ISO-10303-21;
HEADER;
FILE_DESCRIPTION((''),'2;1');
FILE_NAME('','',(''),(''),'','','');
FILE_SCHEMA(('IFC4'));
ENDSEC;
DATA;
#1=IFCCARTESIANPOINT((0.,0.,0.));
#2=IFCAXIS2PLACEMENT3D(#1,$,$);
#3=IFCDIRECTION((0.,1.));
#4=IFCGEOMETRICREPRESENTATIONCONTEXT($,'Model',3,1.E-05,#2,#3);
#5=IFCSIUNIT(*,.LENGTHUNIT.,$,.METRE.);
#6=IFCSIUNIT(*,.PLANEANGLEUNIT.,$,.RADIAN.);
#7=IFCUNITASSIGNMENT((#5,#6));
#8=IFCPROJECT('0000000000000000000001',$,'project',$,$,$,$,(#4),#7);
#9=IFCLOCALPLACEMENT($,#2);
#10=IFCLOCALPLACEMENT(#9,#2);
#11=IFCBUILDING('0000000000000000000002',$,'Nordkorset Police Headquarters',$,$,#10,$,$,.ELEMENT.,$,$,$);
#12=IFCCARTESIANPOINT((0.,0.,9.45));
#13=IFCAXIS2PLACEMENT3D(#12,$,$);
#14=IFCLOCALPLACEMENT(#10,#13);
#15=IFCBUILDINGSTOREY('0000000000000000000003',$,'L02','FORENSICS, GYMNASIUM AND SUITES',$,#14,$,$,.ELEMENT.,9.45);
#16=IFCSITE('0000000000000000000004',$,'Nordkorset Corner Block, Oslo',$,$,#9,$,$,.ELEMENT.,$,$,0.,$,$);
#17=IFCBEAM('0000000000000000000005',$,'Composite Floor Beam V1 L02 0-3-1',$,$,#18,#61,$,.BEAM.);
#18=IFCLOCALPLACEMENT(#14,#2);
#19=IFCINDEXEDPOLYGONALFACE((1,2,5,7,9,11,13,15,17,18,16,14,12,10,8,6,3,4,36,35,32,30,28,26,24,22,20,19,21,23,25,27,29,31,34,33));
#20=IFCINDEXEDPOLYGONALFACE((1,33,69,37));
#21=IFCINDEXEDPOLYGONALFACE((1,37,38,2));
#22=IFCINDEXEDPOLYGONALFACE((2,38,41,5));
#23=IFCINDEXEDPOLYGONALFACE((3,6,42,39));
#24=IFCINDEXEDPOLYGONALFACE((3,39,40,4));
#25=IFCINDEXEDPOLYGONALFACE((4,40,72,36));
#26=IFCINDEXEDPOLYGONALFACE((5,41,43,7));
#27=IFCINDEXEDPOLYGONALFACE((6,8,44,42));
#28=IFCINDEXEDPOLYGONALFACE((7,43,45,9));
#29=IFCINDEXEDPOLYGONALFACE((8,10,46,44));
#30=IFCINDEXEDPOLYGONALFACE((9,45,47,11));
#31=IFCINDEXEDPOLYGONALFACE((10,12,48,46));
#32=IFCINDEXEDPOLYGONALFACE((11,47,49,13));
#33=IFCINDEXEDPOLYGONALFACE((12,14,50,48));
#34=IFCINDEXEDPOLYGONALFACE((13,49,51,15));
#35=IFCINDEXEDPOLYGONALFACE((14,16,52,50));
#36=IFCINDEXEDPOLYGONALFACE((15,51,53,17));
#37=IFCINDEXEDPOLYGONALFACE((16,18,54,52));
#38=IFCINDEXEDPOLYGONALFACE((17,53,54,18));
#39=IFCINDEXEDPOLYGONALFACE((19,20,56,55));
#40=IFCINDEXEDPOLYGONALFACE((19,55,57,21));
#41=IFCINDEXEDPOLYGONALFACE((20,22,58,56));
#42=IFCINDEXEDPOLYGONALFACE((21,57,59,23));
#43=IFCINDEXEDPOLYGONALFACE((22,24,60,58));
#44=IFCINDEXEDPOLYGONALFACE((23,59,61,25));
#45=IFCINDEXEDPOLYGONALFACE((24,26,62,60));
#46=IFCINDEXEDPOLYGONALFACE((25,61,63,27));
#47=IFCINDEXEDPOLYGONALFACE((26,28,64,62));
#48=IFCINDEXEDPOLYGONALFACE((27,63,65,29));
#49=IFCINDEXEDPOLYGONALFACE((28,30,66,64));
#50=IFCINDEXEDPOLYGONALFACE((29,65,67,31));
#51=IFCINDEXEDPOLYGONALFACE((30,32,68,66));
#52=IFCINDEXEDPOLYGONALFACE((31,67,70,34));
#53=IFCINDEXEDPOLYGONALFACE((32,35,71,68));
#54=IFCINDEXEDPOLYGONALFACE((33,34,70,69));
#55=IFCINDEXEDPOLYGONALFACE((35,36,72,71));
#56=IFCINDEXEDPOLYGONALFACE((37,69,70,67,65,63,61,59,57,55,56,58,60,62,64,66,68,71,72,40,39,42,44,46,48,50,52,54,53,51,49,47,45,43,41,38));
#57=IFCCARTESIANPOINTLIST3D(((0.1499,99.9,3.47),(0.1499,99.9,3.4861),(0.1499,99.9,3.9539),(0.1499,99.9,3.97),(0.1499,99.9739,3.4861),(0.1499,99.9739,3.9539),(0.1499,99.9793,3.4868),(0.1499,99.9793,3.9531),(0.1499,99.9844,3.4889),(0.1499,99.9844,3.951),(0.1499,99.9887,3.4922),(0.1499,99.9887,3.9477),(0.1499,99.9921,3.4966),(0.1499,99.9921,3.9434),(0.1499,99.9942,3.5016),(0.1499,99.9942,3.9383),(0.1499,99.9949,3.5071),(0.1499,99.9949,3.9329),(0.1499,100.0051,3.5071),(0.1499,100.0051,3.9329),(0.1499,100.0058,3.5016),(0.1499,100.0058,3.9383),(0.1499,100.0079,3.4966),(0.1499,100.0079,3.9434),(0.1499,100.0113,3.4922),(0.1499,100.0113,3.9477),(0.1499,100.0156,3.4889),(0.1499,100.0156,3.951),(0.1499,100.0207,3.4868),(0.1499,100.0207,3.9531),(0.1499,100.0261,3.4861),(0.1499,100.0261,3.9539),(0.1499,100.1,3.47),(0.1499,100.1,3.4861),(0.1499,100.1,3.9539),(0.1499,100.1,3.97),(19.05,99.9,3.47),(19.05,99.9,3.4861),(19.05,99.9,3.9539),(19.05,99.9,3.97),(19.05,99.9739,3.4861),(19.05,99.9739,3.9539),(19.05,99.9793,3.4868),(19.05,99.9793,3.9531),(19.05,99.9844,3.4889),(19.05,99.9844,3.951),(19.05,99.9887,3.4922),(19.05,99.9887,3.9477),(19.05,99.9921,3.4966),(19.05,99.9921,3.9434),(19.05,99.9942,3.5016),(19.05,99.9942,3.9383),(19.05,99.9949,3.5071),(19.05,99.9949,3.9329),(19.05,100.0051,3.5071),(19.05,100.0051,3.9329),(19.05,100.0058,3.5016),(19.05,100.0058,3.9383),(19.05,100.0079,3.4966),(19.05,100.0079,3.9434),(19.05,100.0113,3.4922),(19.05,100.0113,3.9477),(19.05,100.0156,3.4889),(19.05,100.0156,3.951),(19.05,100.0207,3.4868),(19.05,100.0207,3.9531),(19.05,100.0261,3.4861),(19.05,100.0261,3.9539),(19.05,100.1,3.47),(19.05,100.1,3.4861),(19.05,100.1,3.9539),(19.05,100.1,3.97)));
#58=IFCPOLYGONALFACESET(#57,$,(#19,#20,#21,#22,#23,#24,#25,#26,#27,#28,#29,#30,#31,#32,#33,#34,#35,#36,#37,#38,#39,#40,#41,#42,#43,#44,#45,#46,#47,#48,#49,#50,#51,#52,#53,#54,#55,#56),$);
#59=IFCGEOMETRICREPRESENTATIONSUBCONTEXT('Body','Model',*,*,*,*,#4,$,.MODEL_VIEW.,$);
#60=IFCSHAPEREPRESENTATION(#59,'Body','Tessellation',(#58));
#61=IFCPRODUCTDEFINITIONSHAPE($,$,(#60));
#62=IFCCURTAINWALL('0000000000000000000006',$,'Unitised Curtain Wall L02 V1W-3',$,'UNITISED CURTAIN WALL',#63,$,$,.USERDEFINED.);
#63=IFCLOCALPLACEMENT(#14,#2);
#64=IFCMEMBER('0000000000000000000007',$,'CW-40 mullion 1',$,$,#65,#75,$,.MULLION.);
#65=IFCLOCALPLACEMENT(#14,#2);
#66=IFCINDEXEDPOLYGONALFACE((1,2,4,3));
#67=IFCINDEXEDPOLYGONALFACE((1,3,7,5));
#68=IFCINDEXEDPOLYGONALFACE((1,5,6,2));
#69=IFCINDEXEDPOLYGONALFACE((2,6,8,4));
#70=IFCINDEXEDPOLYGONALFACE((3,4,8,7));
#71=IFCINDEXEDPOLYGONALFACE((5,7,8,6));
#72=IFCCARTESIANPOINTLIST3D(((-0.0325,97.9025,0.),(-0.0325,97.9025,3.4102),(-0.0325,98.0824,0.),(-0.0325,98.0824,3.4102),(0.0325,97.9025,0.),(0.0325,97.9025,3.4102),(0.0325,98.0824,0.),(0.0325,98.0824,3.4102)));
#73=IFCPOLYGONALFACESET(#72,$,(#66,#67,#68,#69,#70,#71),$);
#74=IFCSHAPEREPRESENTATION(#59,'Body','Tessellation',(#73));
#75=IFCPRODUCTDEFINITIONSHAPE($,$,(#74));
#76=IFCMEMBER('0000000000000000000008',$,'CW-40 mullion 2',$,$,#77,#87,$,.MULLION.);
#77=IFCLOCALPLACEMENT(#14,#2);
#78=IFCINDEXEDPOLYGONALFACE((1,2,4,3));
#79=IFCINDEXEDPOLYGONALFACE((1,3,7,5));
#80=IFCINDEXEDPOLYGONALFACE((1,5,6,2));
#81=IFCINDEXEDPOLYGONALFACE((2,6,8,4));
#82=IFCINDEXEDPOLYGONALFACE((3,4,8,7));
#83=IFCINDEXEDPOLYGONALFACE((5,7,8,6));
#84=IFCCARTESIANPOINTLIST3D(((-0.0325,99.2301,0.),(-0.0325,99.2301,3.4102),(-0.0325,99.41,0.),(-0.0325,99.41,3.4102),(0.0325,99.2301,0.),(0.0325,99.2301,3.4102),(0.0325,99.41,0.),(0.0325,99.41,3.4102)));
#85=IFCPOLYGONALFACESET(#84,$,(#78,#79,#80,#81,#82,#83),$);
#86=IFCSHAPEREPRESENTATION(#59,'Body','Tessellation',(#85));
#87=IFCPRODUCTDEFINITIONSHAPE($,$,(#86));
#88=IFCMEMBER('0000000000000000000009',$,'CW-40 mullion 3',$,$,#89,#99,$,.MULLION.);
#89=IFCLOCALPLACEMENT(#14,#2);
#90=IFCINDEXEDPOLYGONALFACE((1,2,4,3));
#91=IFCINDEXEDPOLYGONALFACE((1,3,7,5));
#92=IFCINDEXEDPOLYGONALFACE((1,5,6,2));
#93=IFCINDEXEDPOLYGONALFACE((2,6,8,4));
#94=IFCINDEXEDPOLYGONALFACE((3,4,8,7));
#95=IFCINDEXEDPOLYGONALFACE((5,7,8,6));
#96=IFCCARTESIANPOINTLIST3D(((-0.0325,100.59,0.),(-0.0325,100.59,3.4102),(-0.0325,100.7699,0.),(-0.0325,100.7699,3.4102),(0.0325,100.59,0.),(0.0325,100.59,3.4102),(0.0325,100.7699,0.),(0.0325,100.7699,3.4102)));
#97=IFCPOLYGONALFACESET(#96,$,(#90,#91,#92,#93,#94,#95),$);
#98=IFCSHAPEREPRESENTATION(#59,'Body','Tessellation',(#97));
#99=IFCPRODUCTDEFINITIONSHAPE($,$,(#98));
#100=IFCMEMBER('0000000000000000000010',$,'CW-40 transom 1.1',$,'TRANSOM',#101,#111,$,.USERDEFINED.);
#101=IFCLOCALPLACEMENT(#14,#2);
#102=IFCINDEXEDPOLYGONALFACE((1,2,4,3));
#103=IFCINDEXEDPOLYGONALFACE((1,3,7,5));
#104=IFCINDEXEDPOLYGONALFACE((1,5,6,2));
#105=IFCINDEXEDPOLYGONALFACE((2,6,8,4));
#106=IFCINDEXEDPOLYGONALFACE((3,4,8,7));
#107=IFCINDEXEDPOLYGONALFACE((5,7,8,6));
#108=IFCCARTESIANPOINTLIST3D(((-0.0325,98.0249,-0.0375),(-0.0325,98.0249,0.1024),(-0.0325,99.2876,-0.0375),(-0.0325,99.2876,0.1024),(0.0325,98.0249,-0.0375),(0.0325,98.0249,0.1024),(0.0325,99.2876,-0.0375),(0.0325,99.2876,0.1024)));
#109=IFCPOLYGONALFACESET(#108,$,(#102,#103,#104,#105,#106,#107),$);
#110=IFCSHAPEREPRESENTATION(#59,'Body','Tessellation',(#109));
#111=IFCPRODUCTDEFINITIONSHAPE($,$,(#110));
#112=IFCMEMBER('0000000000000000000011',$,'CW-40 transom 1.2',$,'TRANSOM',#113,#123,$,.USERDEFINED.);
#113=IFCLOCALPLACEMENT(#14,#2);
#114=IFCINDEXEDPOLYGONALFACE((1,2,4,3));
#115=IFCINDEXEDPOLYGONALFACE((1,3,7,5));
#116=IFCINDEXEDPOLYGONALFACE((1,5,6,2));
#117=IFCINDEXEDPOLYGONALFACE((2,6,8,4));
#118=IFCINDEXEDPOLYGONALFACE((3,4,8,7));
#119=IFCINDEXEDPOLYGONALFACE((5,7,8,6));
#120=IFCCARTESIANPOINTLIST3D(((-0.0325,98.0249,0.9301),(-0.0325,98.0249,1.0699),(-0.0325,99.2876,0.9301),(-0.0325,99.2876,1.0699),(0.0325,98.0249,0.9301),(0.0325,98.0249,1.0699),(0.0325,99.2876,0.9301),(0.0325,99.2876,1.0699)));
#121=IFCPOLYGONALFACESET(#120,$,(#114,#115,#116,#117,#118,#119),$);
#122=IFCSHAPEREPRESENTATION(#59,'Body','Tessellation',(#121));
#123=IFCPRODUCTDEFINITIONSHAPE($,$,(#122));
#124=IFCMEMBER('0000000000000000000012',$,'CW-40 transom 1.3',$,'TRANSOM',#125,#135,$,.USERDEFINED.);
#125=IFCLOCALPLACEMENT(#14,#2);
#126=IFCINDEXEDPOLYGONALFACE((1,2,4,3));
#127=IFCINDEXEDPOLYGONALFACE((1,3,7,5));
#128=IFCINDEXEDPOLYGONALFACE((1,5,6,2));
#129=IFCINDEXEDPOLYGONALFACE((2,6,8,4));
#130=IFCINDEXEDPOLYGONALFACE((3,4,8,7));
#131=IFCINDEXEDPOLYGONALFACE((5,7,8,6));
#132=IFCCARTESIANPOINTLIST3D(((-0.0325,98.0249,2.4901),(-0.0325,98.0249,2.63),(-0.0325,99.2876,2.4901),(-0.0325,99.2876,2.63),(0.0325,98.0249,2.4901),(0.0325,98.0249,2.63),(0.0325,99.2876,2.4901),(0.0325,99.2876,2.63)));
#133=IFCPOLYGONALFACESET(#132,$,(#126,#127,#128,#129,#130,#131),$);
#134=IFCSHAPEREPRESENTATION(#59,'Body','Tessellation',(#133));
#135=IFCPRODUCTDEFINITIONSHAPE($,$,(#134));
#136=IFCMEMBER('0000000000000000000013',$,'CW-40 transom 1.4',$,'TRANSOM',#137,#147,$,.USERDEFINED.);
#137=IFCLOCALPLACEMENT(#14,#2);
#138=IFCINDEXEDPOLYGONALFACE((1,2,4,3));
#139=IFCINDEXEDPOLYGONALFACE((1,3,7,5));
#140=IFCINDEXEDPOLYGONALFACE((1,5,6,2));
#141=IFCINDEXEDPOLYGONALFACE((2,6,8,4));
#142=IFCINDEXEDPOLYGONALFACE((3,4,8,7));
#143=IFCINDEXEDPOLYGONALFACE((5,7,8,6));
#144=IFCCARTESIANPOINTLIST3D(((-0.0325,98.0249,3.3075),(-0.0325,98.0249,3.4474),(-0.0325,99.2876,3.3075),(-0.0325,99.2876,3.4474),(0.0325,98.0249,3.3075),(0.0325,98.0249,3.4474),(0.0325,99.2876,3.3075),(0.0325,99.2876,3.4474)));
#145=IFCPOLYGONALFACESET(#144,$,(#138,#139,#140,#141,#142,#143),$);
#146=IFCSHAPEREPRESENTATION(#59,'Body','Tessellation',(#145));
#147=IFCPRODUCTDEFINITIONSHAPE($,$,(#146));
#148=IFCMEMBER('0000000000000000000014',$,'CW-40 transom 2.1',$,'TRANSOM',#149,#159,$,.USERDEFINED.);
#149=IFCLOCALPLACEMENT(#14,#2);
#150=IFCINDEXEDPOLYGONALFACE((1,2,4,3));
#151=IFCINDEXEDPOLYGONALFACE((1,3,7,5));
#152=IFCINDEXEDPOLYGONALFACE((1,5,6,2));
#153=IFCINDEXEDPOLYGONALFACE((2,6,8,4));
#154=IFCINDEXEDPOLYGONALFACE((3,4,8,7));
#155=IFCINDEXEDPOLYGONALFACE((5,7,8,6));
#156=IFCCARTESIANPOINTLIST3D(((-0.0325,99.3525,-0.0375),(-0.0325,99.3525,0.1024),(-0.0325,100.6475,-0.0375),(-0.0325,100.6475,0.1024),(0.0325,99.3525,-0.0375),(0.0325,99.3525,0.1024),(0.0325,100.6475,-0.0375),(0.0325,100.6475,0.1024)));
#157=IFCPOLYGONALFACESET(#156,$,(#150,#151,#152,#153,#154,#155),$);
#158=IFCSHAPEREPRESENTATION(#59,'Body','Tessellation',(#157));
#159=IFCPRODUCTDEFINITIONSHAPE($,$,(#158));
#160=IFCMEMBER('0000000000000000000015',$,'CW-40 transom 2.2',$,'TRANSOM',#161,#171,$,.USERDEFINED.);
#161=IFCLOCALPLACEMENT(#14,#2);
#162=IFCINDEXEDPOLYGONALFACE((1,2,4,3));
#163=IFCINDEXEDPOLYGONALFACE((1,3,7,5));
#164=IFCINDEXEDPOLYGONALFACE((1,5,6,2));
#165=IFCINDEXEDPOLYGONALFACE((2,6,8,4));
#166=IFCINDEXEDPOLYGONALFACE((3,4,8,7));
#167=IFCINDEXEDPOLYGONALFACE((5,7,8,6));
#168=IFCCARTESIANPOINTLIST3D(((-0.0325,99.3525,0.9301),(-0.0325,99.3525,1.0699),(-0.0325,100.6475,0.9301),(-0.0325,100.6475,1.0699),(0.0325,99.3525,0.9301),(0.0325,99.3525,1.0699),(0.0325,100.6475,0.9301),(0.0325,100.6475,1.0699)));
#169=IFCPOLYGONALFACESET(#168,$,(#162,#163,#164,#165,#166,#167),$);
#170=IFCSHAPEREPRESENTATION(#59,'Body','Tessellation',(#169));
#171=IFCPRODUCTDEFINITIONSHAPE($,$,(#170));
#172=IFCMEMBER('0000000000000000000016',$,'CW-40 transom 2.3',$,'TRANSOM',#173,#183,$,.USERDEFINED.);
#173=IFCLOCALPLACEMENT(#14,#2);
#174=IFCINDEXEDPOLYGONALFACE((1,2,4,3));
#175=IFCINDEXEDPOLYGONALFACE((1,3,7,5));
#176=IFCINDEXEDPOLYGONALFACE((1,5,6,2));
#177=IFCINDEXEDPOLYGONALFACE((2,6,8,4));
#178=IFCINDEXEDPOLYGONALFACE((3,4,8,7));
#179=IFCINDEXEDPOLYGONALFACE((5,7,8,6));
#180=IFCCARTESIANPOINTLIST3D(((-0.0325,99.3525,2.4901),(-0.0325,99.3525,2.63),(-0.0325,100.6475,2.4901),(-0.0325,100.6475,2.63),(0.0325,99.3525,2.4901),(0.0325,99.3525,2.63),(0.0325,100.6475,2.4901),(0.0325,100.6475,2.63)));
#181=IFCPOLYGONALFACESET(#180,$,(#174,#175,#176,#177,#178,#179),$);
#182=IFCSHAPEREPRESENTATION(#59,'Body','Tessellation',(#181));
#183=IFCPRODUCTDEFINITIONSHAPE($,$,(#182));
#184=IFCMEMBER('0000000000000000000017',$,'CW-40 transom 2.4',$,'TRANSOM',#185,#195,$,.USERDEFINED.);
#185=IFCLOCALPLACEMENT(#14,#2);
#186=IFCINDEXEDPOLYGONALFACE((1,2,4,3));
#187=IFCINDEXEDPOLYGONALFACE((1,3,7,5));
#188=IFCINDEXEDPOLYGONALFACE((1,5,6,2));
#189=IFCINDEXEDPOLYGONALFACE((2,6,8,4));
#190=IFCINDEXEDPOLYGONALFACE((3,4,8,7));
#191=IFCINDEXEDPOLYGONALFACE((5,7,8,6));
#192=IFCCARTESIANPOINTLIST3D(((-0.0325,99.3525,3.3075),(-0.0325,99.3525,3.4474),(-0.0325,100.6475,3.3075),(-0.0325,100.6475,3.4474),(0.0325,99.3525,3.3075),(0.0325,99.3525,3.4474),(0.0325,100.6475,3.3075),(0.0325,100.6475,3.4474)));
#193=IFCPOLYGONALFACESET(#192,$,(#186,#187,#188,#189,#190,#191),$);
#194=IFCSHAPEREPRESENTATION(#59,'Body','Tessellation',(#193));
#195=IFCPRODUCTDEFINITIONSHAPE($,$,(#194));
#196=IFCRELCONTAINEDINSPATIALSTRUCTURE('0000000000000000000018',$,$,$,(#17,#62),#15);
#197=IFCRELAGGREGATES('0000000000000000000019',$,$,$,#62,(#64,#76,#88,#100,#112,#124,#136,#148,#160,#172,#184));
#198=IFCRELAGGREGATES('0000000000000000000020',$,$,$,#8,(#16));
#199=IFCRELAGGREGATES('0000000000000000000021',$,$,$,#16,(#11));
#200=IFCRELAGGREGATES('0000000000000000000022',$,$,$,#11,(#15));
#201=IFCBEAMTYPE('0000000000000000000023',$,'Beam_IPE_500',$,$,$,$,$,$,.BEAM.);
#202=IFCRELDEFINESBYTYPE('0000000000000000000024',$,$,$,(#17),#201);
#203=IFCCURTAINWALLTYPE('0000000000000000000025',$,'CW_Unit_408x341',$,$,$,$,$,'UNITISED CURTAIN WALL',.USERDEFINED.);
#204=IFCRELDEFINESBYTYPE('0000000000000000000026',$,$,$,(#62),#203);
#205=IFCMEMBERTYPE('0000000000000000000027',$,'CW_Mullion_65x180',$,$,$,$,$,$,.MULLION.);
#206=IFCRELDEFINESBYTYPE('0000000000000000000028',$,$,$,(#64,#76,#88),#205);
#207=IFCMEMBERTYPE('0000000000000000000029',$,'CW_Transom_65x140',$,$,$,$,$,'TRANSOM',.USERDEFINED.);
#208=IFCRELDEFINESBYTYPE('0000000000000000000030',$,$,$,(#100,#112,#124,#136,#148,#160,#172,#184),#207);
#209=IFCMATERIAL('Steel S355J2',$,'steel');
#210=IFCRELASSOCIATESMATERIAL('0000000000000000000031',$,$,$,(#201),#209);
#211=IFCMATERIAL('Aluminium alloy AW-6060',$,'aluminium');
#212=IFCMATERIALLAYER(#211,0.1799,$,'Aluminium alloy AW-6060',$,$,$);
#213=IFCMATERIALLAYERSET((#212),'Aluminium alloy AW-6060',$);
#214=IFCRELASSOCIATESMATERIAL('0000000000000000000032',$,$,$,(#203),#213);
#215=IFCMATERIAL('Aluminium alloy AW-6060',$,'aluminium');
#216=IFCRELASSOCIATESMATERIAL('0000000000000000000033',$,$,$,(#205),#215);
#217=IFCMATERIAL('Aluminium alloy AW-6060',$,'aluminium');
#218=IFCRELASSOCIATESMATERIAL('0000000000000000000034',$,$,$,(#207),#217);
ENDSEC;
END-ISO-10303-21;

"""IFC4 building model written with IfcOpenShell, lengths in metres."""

from ifc_helpers import new_model, si_unit, direction, frame, origin, origin_2d, place, context, subcontext, project, spatial, rectangle, i_section, extrude, material, layer, layer_set, material_profile, profile_set, type_object, element, aggregate, save


model = new_model("IFC4")

# Units and contexts
model_context = context("Model", 3, precision=1e-05, world=origin(), true_north=direction((0.0, 1.0)))
body_context = subcontext(model_context, "Body", "Model", "MODEL_VIEW")
ifc_project = project(units=[si_unit("LENGTHUNIT", "METRE"), si_unit("PLANEANGLEUNIT", "RADIAN")], contexts=[model_context])

# Site, building, storey
site_placement = place(None, origin())
site = spatial("IfcSite", under=ifc_project, at=site_placement, Name="Nordkorset Corner Block, Oslo", CompositionType="ELEMENT", RefElevation=0.0)
building_placement = place(site_placement, origin())
building = spatial("IfcBuilding", under=site, at=building_placement, Name="Nordkorset Police Headquarters", CompositionType="ELEMENT")
storey_placement = place(building_placement, frame((0.0, 0.0, 9.45)))
storey = spatial("IfcBuildingStorey", under=building, at=storey_placement, Name="L02", Description="FORENSICS, GYMNASIUM AND SUITES", CompositionType="ELEMENT", Elevation=9.45)

# Beam
ifc_material_1 = material(Name="Steel S355J2", Category="steel")
ifc_material_profile_1 = material_profile(ifc_material_1, i_section(OverallWidth=0.2, OverallDepth=0.5, WebThickness=0.0103, FlangeThickness=0.0161, FilletRadius=0.021, at=origin_2d()), Name="IPE 500")
ifc_profile_set_1 = profile_set([ifc_material_profile_1], Name="Steel S355J2")
beam_type = type_object("IfcBeamType", Name="Beam_IPE_500", PredefinedType="BEAM", material=ifc_profile_set_1)
beam_placement = place(storey_placement, frame((0.1499, 100.0, 3.72), z_axis=(1.0, 0.0, 0.0), x_axis=(0.0, 1.0, 0.0)))
element("IfcBeam", 1, at=beam_placement, inside=storey, type_object=beam_type, Name="Composite Floor Beam V1 L02 0-3-1", PredefinedType="BEAM", context=body_context, shape_type="SweptSolid", body=[
    extrude(i_section(OverallWidth=0.2, OverallDepth=0.5, WebThickness=0.0103, FlangeThickness=0.0161, FilletRadius=0.021, at=origin_2d()), origin(), (0.0, 0.0, 1.0), 18.9001),
])

# Curtain wall, members
ifc_material_2 = material(Name="Aluminium alloy AW-6060", Category="aluminium")
ifc_layer_1 = layer(ifc_material_2, 0.1799, Name="Aluminium alloy AW-6060")
ifc_layer_set_1 = layer_set([ifc_layer_1], Name="Aluminium alloy AW-6060")
curtain_wall_type = type_object("IfcCurtainWallType", Name="CW_Unit_408x341", ElementType="UNITISED CURTAIN WALL", PredefinedType="USERDEFINED", material=ifc_layer_set_1)
curtain_wall_placement = place(storey_placement, origin())
curtain_wall = element("IfcCurtainWall", 2, at=curtain_wall_placement, inside=storey, type_object=curtain_wall_type, Name="Unitised Curtain Wall L02 V1W-3", ObjectType="UNITISED CURTAIN WALL", PredefinedType="USERDEFINED")
ifc_material_3 = material(Name="Aluminium alloy AW-6060", Category="aluminium")
ifc_material_profile_2 = material_profile(ifc_material_3, rectangle(XDim=0.0649, YDim=0.1799, at=origin_2d()), Name="ALU MULL 65x180")
ifc_profile_set_2 = profile_set([ifc_material_profile_2], Name="Aluminium alloy AW-6060")
member_type_1 = type_object("IfcMemberType", Name="CW_Mullion_65x180", PredefinedType="MULLION", material=ifc_profile_set_2)
member_1_placement = place(storey_placement, frame((0.0, 97.9924, 0.0), z_axis=(0.0, 0.0, 1.0), x_axis=(-1.0, 0.0, 0.0)))
member_1 = element("IfcMember", 3, at=member_1_placement, type_object=member_type_1, Name="CW-40 mullion 1", PredefinedType="MULLION", context=body_context, shape_type="SweptSolid", body=[
    extrude(rectangle(XDim=0.0649, YDim=0.1799, at=origin_2d()), origin(), (0.0, 0.0, 1.0), 3.4102),
])
member_2_placement = place(storey_placement, frame((0.0, 99.3201, 0.0), z_axis=(0.0, 0.0, 1.0), x_axis=(-1.0, 0.0, 0.0)))
member_2 = element("IfcMember", 4, at=member_2_placement, type_object=member_type_1, Name="CW-40 mullion 2", PredefinedType="MULLION", context=body_context, shape_type="SweptSolid", body=[
    extrude(rectangle(XDim=0.0649, YDim=0.1799, at=origin_2d()), origin(), (0.0, 0.0, 1.0), 3.4102),
])
member_3_placement = place(storey_placement, frame((0.0, 100.6799, 0.0), z_axis=(0.0, 0.0, 1.0), x_axis=(-1.0, 0.0, 0.0)))
member_3 = element("IfcMember", 5, at=member_3_placement, type_object=member_type_1, Name="CW-40 mullion 3", PredefinedType="MULLION", context=body_context, shape_type="SweptSolid", body=[
    extrude(rectangle(XDim=0.0649, YDim=0.1799, at=origin_2d()), origin(), (0.0, 0.0, 1.0), 3.4102),
])
ifc_material_4 = material(Name="Aluminium alloy AW-6060", Category="aluminium")
ifc_material_profile_3 = material_profile(ifc_material_4, rectangle(XDim=0.0649, YDim=0.1399, at=origin_2d()), Name="ALU TRAN 65x140")
ifc_profile_set_3 = profile_set([ifc_material_profile_3], Name="Aluminium alloy AW-6060")
member_type_2 = type_object("IfcMemberType", Name="CW_Transom_65x140", ElementType="TRANSOM", PredefinedType="USERDEFINED", material=ifc_profile_set_3)
member_4_placement = place(storey_placement, frame((0.0, 98.0249, 0.0325), z_axis=(0.0, 1.0, 0.0), x_axis=(-1.0, 0.0, 0.0)))
member_4 = element("IfcMember", 6, at=member_4_placement, type_object=member_type_2, Name="CW-40 transom 1.1", ObjectType="TRANSOM", PredefinedType="USERDEFINED", context=body_context, shape_type="SweptSolid", body=[
    extrude(rectangle(XDim=0.0649, YDim=0.1399, at=origin_2d()), origin(), (0.0, 0.0, 1.0), 1.2627),
])
member_5_placement = place(storey_placement, frame((0.0, 98.0249, 1.0), z_axis=(0.0, 1.0, 0.0), x_axis=(-1.0, 0.0, 0.0)))
member_5 = element("IfcMember", 7, at=member_5_placement, type_object=member_type_2, Name="CW-40 transom 1.2", ObjectType="TRANSOM", PredefinedType="USERDEFINED", context=body_context, shape_type="SweptSolid", body=[
    extrude(rectangle(XDim=0.0649, YDim=0.1399, at=origin_2d()), origin(), (0.0, 0.0, 1.0), 1.2627),
])
member_6_placement = place(storey_placement, frame((0.0, 98.0249, 2.5601), z_axis=(0.0, 1.0, 0.0), x_axis=(-1.0, 0.0, 0.0)))
member_6 = element("IfcMember", 8, at=member_6_placement, type_object=member_type_2, Name="CW-40 transom 1.3", ObjectType="TRANSOM", PredefinedType="USERDEFINED", context=body_context, shape_type="SweptSolid", body=[
    extrude(rectangle(XDim=0.0649, YDim=0.1399, at=origin_2d()), origin(), (0.0, 0.0, 1.0), 1.2627),
])
member_7_placement = place(storey_placement, frame((0.0, 98.0249, 3.3774), z_axis=(0.0, 1.0, 0.0), x_axis=(-1.0, 0.0, 0.0)))
member_7 = element("IfcMember", 9, at=member_7_placement, type_object=member_type_2, Name="CW-40 transom 1.4", ObjectType="TRANSOM", PredefinedType="USERDEFINED", context=body_context, shape_type="SweptSolid", body=[
    extrude(rectangle(XDim=0.0649, YDim=0.1399, at=origin_2d()), origin(), (0.0, 0.0, 1.0), 1.2627),
])
member_8_placement = place(storey_placement, frame((0.0, 99.3525, 0.0325), z_axis=(0.0, 1.0, 0.0), x_axis=(-1.0, 0.0, 0.0)))
member_8 = element("IfcMember", 10, at=member_8_placement, type_object=member_type_2, Name="CW-40 transom 2.1", ObjectType="TRANSOM", PredefinedType="USERDEFINED", context=body_context, shape_type="SweptSolid", body=[
    extrude(rectangle(XDim=0.0649, YDim=0.1399, at=origin_2d()), origin(), (0.0, 0.0, 1.0), 1.2949),
])
member_9_placement = place(storey_placement, frame((0.0, 99.3525, 1.0), z_axis=(0.0, 1.0, 0.0), x_axis=(-1.0, 0.0, 0.0)))
member_9 = element("IfcMember", 11, at=member_9_placement, type_object=member_type_2, Name="CW-40 transom 2.2", ObjectType="TRANSOM", PredefinedType="USERDEFINED", context=body_context, shape_type="SweptSolid", body=[
    extrude(rectangle(XDim=0.0649, YDim=0.1399, at=origin_2d()), origin(), (0.0, 0.0, 1.0), 1.2949),
])
member_10_placement = place(storey_placement, frame((0.0, 99.3525, 2.5601), z_axis=(0.0, 1.0, 0.0), x_axis=(-1.0, 0.0, 0.0)))
member_10 = element("IfcMember", 12, at=member_10_placement, type_object=member_type_2, Name="CW-40 transom 2.3", ObjectType="TRANSOM", PredefinedType="USERDEFINED", context=body_context, shape_type="SweptSolid", body=[
    extrude(rectangle(XDim=0.0649, YDim=0.1399, at=origin_2d()), origin(), (0.0, 0.0, 1.0), 1.2949),
])
member_11_placement = place(storey_placement, frame((0.0, 99.3525, 3.3774), z_axis=(0.0, 1.0, 0.0), x_axis=(-1.0, 0.0, 0.0)))
member_11 = element("IfcMember", 13, at=member_11_placement, type_object=member_type_2, Name="CW-40 transom 2.4", ObjectType="TRANSOM", PredefinedType="USERDEFINED", context=body_context, shape_type="SweptSolid", body=[
    extrude(rectangle(XDim=0.0649, YDim=0.1399, at=origin_2d()), origin(), (0.0, 0.0, 1.0), 1.2949),
])
aggregate(curtain_wall, [member_1, member_2, member_3, member_4, member_5, member_6, member_7, member_8, member_9, member_10, member_11])

save(model, "model.ifc")
